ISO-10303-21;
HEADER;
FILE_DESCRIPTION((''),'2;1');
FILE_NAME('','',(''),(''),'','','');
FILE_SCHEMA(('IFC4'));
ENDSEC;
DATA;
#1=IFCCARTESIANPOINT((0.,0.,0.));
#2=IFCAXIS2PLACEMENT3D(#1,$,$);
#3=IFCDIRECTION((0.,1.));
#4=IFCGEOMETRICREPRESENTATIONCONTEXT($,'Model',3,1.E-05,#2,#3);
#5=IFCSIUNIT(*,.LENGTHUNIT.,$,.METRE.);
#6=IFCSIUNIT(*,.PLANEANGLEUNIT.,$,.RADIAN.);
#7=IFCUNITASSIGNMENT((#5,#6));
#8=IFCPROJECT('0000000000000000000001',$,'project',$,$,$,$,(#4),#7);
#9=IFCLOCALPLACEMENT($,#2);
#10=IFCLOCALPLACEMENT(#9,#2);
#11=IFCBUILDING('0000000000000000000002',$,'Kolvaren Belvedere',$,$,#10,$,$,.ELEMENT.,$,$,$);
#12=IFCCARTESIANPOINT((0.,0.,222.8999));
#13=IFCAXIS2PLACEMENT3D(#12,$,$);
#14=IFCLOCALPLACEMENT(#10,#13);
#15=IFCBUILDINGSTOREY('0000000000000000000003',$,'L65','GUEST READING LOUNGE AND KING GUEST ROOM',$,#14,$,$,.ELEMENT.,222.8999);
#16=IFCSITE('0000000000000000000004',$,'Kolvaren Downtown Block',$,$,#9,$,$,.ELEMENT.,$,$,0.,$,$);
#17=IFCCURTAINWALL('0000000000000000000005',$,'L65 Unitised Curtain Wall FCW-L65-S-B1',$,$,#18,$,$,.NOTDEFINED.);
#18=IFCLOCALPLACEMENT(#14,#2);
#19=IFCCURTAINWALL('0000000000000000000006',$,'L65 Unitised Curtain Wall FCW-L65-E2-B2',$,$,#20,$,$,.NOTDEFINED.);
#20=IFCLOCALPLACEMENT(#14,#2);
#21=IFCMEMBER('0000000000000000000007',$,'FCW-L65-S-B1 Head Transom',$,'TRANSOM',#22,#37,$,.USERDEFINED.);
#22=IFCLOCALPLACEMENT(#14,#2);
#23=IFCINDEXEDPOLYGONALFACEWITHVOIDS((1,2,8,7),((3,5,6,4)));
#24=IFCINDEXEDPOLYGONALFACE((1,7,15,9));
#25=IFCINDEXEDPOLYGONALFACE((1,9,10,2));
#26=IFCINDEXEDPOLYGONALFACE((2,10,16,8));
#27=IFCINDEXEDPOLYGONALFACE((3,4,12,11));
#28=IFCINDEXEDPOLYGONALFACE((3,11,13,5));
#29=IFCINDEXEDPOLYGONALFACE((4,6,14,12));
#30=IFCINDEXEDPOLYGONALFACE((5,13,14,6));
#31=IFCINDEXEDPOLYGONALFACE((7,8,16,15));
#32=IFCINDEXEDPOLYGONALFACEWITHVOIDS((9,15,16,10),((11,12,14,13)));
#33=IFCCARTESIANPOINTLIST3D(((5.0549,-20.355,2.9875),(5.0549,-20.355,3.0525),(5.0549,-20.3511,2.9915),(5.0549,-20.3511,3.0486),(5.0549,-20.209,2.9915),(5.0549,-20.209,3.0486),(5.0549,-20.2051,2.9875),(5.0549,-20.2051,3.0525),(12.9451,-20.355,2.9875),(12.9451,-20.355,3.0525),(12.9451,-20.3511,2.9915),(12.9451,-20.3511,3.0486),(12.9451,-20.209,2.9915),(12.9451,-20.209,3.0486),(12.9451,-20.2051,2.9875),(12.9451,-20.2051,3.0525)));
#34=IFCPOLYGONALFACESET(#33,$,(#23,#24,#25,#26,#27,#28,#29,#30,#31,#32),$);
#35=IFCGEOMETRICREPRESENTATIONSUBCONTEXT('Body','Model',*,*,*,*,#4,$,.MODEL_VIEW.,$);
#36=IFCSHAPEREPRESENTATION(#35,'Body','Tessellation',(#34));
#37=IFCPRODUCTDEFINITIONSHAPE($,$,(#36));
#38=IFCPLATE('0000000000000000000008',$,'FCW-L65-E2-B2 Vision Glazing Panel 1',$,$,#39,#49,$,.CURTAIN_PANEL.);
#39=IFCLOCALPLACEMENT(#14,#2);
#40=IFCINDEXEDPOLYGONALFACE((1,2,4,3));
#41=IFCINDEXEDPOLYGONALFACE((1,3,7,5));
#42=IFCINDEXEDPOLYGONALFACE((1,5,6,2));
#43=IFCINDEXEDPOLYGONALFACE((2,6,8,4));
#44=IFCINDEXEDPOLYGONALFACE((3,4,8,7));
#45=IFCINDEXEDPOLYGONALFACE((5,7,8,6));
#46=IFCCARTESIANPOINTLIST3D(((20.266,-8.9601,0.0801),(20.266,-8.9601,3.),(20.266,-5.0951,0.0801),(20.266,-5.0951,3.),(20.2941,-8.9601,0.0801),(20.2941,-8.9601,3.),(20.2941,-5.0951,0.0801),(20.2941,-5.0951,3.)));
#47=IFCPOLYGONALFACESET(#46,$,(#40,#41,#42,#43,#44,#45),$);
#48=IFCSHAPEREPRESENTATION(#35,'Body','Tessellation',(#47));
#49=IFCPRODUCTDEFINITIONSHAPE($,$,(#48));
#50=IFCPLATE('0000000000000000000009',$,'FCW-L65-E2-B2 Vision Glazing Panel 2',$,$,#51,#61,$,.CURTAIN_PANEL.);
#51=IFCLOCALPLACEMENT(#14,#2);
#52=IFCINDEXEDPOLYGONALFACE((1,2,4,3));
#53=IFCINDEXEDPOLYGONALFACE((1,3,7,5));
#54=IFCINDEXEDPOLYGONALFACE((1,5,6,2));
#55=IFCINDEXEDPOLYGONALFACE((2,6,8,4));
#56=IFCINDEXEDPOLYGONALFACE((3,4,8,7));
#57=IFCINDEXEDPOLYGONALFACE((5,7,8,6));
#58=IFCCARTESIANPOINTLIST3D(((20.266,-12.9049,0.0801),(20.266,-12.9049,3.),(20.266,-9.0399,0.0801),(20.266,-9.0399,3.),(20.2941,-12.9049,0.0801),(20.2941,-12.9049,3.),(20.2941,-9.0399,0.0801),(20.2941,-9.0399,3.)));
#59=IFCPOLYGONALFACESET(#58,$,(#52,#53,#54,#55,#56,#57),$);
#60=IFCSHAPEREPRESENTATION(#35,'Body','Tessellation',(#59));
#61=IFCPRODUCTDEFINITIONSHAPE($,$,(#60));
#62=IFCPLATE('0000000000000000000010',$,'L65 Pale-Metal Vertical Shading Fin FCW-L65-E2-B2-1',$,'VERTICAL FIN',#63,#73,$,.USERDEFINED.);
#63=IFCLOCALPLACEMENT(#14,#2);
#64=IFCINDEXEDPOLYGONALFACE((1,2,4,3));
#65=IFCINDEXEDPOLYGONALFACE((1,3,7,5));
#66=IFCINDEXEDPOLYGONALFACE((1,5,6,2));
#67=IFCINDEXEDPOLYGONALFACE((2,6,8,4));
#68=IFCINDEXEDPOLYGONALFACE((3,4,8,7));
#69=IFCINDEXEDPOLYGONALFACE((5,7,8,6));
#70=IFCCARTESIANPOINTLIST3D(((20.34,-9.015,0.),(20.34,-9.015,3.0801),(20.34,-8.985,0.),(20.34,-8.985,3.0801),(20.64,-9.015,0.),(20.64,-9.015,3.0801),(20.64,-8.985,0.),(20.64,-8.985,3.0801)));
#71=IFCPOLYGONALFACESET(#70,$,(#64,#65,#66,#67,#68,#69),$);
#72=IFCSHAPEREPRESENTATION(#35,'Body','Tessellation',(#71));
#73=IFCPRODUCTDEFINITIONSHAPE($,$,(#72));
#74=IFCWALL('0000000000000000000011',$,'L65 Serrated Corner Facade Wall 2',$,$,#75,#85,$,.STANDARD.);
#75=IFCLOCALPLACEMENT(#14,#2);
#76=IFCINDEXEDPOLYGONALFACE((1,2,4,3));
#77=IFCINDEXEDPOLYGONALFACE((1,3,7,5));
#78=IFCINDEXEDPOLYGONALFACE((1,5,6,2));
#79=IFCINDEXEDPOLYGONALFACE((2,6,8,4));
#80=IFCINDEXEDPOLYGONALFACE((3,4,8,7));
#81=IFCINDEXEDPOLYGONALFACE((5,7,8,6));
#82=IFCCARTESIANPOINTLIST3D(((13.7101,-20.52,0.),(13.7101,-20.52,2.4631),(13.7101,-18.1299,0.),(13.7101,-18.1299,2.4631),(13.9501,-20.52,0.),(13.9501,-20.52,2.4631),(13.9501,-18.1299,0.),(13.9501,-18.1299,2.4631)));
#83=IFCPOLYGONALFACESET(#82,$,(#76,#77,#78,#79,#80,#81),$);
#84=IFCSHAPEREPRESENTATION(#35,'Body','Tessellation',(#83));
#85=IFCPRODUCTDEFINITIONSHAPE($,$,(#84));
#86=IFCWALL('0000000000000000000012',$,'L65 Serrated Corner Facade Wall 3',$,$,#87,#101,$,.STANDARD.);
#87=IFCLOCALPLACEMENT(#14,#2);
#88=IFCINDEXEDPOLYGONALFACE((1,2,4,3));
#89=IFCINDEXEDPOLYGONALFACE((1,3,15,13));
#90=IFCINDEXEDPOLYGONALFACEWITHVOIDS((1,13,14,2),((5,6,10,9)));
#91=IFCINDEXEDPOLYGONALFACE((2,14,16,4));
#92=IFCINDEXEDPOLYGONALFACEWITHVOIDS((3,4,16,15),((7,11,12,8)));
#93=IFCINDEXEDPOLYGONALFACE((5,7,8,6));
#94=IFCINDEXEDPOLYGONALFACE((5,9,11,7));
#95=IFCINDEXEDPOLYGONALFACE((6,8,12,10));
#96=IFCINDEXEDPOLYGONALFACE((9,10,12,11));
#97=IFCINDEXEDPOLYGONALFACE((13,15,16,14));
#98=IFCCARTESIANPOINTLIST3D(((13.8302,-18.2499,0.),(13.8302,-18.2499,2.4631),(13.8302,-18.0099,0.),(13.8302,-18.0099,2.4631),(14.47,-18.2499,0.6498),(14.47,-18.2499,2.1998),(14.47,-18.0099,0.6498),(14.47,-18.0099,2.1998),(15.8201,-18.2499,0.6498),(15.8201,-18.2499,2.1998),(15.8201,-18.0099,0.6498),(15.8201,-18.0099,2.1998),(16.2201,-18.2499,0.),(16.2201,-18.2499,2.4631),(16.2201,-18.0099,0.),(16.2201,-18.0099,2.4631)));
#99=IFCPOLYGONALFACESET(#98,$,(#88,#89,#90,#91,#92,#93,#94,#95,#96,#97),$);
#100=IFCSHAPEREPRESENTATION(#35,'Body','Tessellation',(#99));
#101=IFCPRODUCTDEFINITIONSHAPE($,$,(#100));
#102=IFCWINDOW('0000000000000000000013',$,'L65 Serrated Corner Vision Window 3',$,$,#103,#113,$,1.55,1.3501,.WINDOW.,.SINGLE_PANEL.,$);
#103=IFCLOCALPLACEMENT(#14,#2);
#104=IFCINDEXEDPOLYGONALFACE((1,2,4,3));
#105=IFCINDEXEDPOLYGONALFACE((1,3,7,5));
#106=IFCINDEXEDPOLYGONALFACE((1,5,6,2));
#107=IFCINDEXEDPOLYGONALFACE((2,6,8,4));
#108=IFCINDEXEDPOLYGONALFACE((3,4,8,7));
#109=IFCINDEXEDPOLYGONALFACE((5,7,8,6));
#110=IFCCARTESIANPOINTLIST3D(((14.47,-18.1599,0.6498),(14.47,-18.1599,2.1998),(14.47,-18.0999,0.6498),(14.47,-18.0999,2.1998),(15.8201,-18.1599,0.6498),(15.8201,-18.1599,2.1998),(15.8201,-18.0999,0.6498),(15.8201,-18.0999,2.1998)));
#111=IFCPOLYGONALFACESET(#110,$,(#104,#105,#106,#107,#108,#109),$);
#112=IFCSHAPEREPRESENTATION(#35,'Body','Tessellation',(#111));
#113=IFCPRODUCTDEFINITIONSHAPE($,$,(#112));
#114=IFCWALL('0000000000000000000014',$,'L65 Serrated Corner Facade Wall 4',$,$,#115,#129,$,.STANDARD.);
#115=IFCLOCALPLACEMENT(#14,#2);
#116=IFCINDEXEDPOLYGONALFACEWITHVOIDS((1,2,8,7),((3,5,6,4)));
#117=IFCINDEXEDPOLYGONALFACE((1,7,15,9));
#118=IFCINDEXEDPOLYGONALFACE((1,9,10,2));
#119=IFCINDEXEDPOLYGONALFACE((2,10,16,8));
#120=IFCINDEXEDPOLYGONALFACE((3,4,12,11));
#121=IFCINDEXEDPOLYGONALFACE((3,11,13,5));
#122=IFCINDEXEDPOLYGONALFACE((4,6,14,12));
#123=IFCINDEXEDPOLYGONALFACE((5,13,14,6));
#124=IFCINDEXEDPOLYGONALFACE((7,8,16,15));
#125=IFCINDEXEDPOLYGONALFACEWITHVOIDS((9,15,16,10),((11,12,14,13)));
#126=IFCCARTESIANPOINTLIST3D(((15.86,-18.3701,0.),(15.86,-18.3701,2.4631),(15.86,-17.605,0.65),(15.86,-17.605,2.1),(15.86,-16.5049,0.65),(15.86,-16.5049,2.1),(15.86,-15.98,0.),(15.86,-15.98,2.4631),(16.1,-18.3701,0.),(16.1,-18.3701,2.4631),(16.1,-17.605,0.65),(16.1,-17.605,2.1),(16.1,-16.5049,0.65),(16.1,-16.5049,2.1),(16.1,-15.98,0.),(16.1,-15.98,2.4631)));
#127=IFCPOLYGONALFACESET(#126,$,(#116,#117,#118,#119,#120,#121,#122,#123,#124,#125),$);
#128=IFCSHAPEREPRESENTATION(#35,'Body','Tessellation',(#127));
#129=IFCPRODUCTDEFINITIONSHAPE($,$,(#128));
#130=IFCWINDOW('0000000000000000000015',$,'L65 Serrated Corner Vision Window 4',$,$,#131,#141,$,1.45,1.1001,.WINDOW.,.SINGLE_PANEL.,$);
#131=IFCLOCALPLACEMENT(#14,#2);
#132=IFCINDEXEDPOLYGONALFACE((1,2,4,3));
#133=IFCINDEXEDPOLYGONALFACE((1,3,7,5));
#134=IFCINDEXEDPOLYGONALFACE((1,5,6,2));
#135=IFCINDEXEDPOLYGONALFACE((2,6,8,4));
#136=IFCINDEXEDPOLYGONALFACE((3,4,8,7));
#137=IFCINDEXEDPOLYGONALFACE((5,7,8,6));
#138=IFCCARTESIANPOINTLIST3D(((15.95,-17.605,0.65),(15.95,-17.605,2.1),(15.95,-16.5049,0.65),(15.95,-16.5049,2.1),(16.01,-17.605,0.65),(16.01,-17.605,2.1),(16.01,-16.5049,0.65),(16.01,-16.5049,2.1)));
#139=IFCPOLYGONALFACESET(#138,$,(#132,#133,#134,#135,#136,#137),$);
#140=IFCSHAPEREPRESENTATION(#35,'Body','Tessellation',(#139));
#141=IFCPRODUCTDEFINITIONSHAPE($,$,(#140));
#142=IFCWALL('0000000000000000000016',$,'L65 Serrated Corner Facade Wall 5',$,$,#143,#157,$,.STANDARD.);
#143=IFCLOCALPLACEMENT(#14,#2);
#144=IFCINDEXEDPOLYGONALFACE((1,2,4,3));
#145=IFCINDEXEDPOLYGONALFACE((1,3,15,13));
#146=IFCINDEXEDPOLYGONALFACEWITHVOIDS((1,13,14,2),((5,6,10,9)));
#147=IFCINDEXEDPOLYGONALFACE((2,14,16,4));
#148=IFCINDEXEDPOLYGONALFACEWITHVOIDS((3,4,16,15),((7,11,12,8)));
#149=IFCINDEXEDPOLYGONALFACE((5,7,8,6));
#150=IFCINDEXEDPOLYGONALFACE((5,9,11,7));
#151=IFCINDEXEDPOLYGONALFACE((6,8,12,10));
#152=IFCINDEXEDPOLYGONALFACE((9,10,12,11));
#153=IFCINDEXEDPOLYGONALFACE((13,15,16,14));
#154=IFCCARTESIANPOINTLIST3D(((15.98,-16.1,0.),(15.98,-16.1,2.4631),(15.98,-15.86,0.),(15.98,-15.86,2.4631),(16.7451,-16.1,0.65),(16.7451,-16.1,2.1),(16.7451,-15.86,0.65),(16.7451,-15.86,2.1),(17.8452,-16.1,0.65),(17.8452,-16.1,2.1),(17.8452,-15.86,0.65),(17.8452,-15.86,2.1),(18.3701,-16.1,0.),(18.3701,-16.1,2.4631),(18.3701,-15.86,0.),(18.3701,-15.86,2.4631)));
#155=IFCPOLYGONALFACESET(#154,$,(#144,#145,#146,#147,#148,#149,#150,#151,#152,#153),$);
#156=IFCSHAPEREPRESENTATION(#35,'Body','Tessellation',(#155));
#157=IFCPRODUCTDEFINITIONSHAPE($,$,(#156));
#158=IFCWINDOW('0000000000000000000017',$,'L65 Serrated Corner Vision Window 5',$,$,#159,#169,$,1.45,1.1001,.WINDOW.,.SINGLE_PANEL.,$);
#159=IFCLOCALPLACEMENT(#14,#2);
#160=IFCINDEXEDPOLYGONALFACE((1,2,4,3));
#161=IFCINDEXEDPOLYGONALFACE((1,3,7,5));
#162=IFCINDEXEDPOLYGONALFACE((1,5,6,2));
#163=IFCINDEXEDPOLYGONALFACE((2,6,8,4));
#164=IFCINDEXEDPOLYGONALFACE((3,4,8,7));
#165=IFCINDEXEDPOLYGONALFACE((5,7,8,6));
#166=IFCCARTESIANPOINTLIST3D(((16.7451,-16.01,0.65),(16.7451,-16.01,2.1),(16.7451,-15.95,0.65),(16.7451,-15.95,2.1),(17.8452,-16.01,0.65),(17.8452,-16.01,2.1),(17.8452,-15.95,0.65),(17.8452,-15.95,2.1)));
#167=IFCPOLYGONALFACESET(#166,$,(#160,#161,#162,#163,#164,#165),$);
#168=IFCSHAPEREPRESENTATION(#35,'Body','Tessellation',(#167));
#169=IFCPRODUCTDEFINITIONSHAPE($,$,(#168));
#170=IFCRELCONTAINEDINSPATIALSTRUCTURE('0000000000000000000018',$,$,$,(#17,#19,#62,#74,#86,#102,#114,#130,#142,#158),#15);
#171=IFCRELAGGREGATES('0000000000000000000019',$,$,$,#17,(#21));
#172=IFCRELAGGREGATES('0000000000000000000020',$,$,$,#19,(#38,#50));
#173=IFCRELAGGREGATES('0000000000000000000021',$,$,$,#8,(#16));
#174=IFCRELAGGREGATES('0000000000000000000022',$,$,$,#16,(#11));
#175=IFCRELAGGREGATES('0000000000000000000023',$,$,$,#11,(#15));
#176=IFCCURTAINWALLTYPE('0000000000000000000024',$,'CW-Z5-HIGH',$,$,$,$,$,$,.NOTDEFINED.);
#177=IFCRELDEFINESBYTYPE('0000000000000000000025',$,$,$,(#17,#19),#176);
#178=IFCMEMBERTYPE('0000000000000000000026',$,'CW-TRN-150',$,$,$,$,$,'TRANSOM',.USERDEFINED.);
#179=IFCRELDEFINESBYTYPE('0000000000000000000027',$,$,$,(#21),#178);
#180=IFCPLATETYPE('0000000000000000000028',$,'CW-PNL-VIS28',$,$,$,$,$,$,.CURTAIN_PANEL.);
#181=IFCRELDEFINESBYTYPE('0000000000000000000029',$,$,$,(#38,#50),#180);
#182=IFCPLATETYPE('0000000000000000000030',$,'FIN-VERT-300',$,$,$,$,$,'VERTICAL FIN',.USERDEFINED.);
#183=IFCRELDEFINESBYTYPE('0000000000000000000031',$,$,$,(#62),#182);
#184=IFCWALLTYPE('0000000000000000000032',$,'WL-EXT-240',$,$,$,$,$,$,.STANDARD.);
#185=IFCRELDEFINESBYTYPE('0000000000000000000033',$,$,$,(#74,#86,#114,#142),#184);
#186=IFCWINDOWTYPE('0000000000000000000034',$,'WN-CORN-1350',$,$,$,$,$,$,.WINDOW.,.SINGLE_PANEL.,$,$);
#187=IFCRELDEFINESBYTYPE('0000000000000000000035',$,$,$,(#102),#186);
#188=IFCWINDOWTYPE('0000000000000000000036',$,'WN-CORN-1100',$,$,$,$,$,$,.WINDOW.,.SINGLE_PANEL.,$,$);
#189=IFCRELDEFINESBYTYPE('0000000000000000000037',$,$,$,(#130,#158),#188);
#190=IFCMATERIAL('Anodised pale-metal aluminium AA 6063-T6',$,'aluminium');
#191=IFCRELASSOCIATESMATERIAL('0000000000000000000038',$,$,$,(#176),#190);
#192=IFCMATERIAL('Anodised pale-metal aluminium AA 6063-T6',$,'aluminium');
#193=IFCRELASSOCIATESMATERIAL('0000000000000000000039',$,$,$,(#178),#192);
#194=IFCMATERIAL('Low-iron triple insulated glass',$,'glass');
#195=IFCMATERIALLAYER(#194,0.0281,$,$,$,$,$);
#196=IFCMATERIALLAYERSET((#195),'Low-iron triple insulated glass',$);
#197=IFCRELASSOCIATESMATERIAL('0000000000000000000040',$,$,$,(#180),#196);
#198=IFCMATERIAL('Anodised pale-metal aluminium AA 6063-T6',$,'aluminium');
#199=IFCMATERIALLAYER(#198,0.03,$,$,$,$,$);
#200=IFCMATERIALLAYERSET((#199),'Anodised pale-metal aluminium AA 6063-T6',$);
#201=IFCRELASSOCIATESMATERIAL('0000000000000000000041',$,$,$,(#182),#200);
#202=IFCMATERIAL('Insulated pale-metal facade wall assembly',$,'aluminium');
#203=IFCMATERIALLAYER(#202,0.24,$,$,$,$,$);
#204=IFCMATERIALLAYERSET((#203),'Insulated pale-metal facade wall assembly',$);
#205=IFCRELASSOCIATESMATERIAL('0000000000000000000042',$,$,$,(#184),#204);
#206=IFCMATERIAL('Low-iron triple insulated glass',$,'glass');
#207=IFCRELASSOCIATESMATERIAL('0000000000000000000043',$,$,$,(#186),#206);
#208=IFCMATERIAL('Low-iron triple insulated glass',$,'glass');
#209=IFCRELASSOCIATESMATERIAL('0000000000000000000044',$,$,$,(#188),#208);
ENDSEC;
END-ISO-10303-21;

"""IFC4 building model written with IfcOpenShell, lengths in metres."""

from ifc_helpers import new_model, si_unit, direction, frame, frame_2d, origin, origin_2d, place, context, subcontext, project, spatial, rectangle, hollow_rectangle, extrude, material, layer, layer_set, material_profile, profile_set, type_object, element, fill, aggregate, save


model = new_model("IFC4")

# Units and contexts
model_context = context("Model", 3, precision=1e-05, world=origin(), true_north=direction((0.0, 1.0)))
body_context = subcontext(model_context, "Body", "Model", "MODEL_VIEW")
ifc_project = project(units=[si_unit("LENGTHUNIT", "METRE"), si_unit("PLANEANGLEUNIT", "RADIAN")], contexts=[model_context])

# Site, building, storey
site_placement = place(None, origin())
site = spatial("IfcSite", under=ifc_project, at=site_placement, Name="Kolvaren Downtown Block", CompositionType="ELEMENT", RefElevation=0.0)
building_placement = place(site_placement, origin())
building = spatial("IfcBuilding", under=site, at=building_placement, Name="Kolvaren Belvedere", CompositionType="ELEMENT")
storey_placement = place(building_placement, frame((0.0, 0.0, 222.8999)))
storey = spatial("IfcBuildingStorey", under=building, at=storey_placement, Name="L65", Description="GUEST READING LOUNGE AND KING GUEST ROOM", CompositionType="ELEMENT", Elevation=222.8999)

# Curtain wall
ifc_material_1 = material(Name="Anodised pale-metal aluminium AA 6063-T6", Category="aluminium")
curtain_wall_type = type_object("IfcCurtainWallType", Name="CW-Z5-HIGH", PredefinedType="NOTDEFINED", material=ifc_material_1)
curtain_wall_1_placement = place(storey_placement, origin())
curtain_wall_1 = element("IfcCurtainWall", 1, at=curtain_wall_1_placement, inside=storey, type_object=curtain_wall_type, Name="L65 Unitised Curtain Wall FCW-L65-S-B1", PredefinedType="NOTDEFINED")

# Curtain wall
curtain_wall_2_placement = place(storey_placement, origin())
curtain_wall_2 = element("IfcCurtainWall", 2, at=curtain_wall_2_placement, inside=storey, type_object=curtain_wall_type, Name="L65 Unitised Curtain Wall FCW-L65-E2-B2", PredefinedType="NOTDEFINED")

# Member
ifc_material_2 = material(Name="Anodised pale-metal aluminium AA 6063-T6", Category="aluminium")
ifc_material_profile_1 = material_profile(ifc_material_2, hollow_rectangle(XDim=0.0649, YDim=0.1499, WallThickness=0.0039, at=origin_2d()), Name="ALU-TRN-150X65")
ifc_profile_set_1 = profile_set([ifc_material_profile_1], Name="Anodised pale-metal aluminium AA 6063-T6")
member_type_1 = type_object("IfcMemberType", Name="CW-TRN-150", ElementType="TRANSOM", PredefinedType="USERDEFINED", material=ifc_profile_set_1)
member_1_placement = place(storey_placement, frame((12.9451, -20.28, 3.02), z_axis=(-1.0, 0.0, 0.0), x_axis=(0.0, 0.0, 1.0)))
member_1 = element("IfcMember", 3, at=member_1_placement, type_object=member_type_1, Name="FCW-L65-S-B1 Head Transom", ObjectType="TRANSOM", PredefinedType="USERDEFINED", context=body_context, shape_type="SweptSolid", body=[
    extrude(hollow_rectangle(XDim=0.0649, YDim=0.1499, WallThickness=0.0039, at=origin_2d()), origin(), (0.0, 0.0, 1.0), 7.8901),
])
aggregate(curtain_wall_1, [member_1])

# Plates
ifc_material_3 = material(Name="Low-iron triple insulated glass", Category="glass")
ifc_layer_1 = layer(ifc_material_3, 0.0281)
ifc_layer_set_1 = layer_set([ifc_layer_1], Name="Low-iron triple insulated glass")
plate_type_1 = type_object("IfcPlateType", Name="CW-PNL-VIS28", PredefinedType="CURTAIN_PANEL", material=ifc_layer_set_1)
plate_1_placement = place(storey_placement, frame((20.28, -7.0276, 0.0801), z_axis=(0.0, 0.0, 1.0), x_axis=(0.0, -1.0, 0.0)))
plate_1 = element("IfcPlate", 4, at=plate_1_placement, type_object=plate_type_1, Name="FCW-L65-E2-B2 Vision Glazing Panel 1", PredefinedType="CURTAIN_PANEL", context=body_context, shape_type="SweptSolid", body=[
    extrude(rectangle(XDim=3.865, YDim=0.0281, at=origin_2d()), origin(), (0.0, 0.0, 1.0), 2.9199),
])
plate_2_placement = place(storey_placement, frame((20.28, -10.9724, 0.0801), z_axis=(0.0, 0.0, 1.0), x_axis=(0.0, -1.0, 0.0)))
plate_2 = element("IfcPlate", 5, at=plate_2_placement, type_object=plate_type_1, Name="FCW-L65-E2-B2 Vision Glazing Panel 2", PredefinedType="CURTAIN_PANEL", context=body_context, shape_type="SweptSolid", body=[
    extrude(rectangle(XDim=3.865, YDim=0.0281, at=origin_2d()), origin(), (0.0, 0.0, 1.0), 2.9199),
])
aggregate(curtain_wall_2, [plate_1, plate_2])
ifc_material_4 = material(Name="Anodised pale-metal aluminium AA 6063-T6", Category="aluminium")
ifc_layer_2 = layer(ifc_material_4, 0.03)
ifc_layer_set_2 = layer_set([ifc_layer_2], Name="Anodised pale-metal aluminium AA 6063-T6")
plate_type_2 = type_object("IfcPlateType", Name="FIN-VERT-300", ElementType="VERTICAL FIN", PredefinedType="USERDEFINED", material=ifc_layer_set_2)
plate_3_placement = place(storey_placement, frame((20.49, -9.0, 0.0), z_axis=(0.0, 0.0, 1.0), x_axis=(1.0, 0.0, 0.0)))
element("IfcPlate", 6, at=plate_3_placement, inside=storey, type_object=plate_type_2, Name="L65 Pale-Metal Vertical Shading Fin FCW-L65-E2-B2-1", ObjectType="VERTICAL FIN", PredefinedType="USERDEFINED", context=body_context, shape_type="SweptSolid", body=[
    extrude(rectangle(XDim=0.3, YDim=0.03, at=origin_2d()), origin(), (0.0, 0.0, 1.0), 3.0801),
])

# Wall
ifc_material_5 = material(Name="Insulated pale-metal facade wall assembly", Category="aluminium")
ifc_layer_3 = layer(ifc_material_5, 0.24)
ifc_layer_set_3 = layer_set([ifc_layer_3], Name="Insulated pale-metal facade wall assembly")
wall_type_1 = type_object("IfcWallType", Name="WL-EXT-240", PredefinedType="STANDARD", material=ifc_layer_set_3)
wall_1_placement = place(storey_placement, frame((13.8301, -18.1299, 0.0), z_axis=(0.0, 0.0, 1.0), x_axis=(0.0, -1.0, 0.0)))
element("IfcWall", 7, at=wall_1_placement, inside=storey, type_object=wall_type_1, Name="L65 Serrated Corner Facade Wall 2", PredefinedType="STANDARD", context=body_context, shape_type="SweptSolid", body=[
    extrude(rectangle(XDim=2.3901, YDim=0.24, at=frame_2d((1.1951, 0.0))), origin(), (0.0, 0.0, 1.0), 2.4631),
])

# Walls, openings, windows
wall_2_placement = place(storey_placement, frame((16.22, -18.1299, 0.0), z_axis=(0.0, 0.0, 1.0), x_axis=(-1.0, 0.0, 0.0)))
wall_2 = element("IfcWall", 8, at=wall_2_placement, inside=storey, type_object=wall_type_1, Name="L65 Serrated Corner Facade Wall 3", PredefinedType="STANDARD", context=body_context, shape_type="SweptSolid", body=[
    extrude(rectangle(XDim=2.3899, YDim=0.24, at=frame_2d((1.1948, 0.0))), origin(), (0.0, 0.0, 1.0), 2.4631),
])
opening_1_placement = place(wall_2_placement, frame((0.3999, 0.0, 0.6499)))
opening_1 = element("IfcOpeningElement", 9, at=opening_1_placement, cuts=wall_2, PredefinedType="OPENING", context=body_context, shape_type="SweptSolid", body=[
    extrude(rectangle(XDim=1.3501, YDim=1.55, at=frame_2d((0.675, 0.7749))), frame((0.0, 0.1299, 0.0), z_axis=(0.0, -1.0, 0.0), x_axis=(1.0, 0.0, 0.0)), (0.0, 0.0, 1.0), 0.26),
])
ifc_material_6 = material(Name="Low-iron triple insulated glass", Category="glass")
window_type_1 = type_object("IfcWindowType", Name="WN-CORN-1350", PartitioningType="SINGLE_PANEL", PredefinedType="WINDOW", material=ifc_material_6)
window_1_placement = place(opening_1_placement, origin())
window_1 = element("IfcWindow", 10, at=window_1_placement, inside=storey, type_object=window_type_1, Name="L65 Serrated Corner Vision Window 3", OverallHeight=1.55, OverallWidth=1.3501, PartitioningType="SINGLE_PANEL", PredefinedType="WINDOW", context=body_context, shape_type="SweptSolid", body=[
    extrude(rectangle(XDim=1.3501, YDim=1.55, at=frame_2d((0.675, 0.7749))), frame((0.0, 0.03, 0.0), z_axis=(0.0, -1.0, 0.0), x_axis=(1.0, 0.0, 0.0)), (0.0, 0.0, 1.0), 0.0601),
])
fill(opening_1, window_1)
wall_3_placement = place(storey_placement, frame((15.98, -15.98, 0.0), z_axis=(0.0, 0.0, 1.0), x_axis=(0.0, -1.0, 0.0)))
wall_3 = element("IfcWall", 11, at=wall_3_placement, inside=storey, type_object=wall_type_1, Name="L65 Serrated Corner Facade Wall 4", PredefinedType="STANDARD", context=body_context, shape_type="SweptSolid", body=[
    extrude(rectangle(XDim=2.3901, YDim=0.24, at=frame_2d((1.1951, 0.0))), origin(), (0.0, 0.0, 1.0), 2.4631),
])
opening_2_placement = place(wall_3_placement, frame((0.5249, 0.0, 0.6499)))
opening_2 = element("IfcOpeningElement", 12, at=opening_2_placement, cuts=wall_3, PredefinedType="OPENING", context=body_context, shape_type="SweptSolid", body=[
    extrude(rectangle(XDim=1.1001, YDim=1.45, at=frame_2d((0.55, 0.7251))), frame((0.0, 0.1299, 0.0), z_axis=(0.0, -1.0, 0.0), x_axis=(1.0, 0.0, 0.0)), (0.0, 0.0, 1.0), 0.26),
])
ifc_material_7 = material(Name="Low-iron triple insulated glass", Category="glass")
window_type_2 = type_object("IfcWindowType", Name="WN-CORN-1100", PartitioningType="SINGLE_PANEL", PredefinedType="WINDOW", material=ifc_material_7)
window_2_placement = place(opening_2_placement, origin())
window_2 = element("IfcWindow", 13, at=window_2_placement, inside=storey, type_object=window_type_2, Name="L65 Serrated Corner Vision Window 4", OverallHeight=1.45, OverallWidth=1.1001, PartitioningType="SINGLE_PANEL", PredefinedType="WINDOW", context=body_context, shape_type="SweptSolid", body=[
    extrude(rectangle(XDim=1.1001, YDim=1.45, at=frame_2d((0.55, 0.7251))), frame((0.0, 0.03, 0.0), z_axis=(0.0, -1.0, 0.0), x_axis=(1.0, 0.0, 0.0)), (0.0, 0.0, 1.0), 0.0601),
])
fill(opening_2, window_2)
wall_4_placement = place(storey_placement, frame((18.3701, -15.98, 0.0), z_axis=(0.0, 0.0, 1.0), x_axis=(-1.0, 0.0, 0.0)))
wall_4 = element("IfcWall", 14, at=wall_4_placement, inside=storey, type_object=wall_type_1, Name="L65 Serrated Corner Facade Wall 5", PredefinedType="STANDARD", context=body_context, shape_type="SweptSolid", body=[
    extrude(rectangle(XDim=2.3901, YDim=0.24, at=frame_2d((1.1951, 0.0))), origin(), (0.0, 0.0, 1.0), 2.4631),
])
opening_3_placement = place(wall_4_placement, frame((0.5249, 0.0, 0.6499)))
opening_3 = element("IfcOpeningElement", 15, at=opening_3_placement, cuts=wall_4, PredefinedType="OPENING", context=body_context, shape_type="SweptSolid", body=[
    extrude(rectangle(XDim=1.1001, YDim=1.45, at=frame_2d((0.55, 0.7251))), frame((0.0, 0.1299, 0.0), z_axis=(0.0, -1.0, 0.0), x_axis=(1.0, 0.0, 0.0)), (0.0, 0.0, 1.0), 0.26),
])
window_3_placement = place(opening_3_placement, origin())
window_3 = element("IfcWindow", 16, at=window_3_placement, inside=storey, type_object=window_type_2, Name="L65 Serrated Corner Vision Window 5", OverallHeight=1.45, OverallWidth=1.1001, PartitioningType="SINGLE_PANEL", PredefinedType="WINDOW", context=body_context, shape_type="SweptSolid", body=[
    extrude(rectangle(XDim=1.1001, YDim=1.45, at=frame_2d((0.55, 0.7251))), frame((0.0, 0.03, 0.0), z_axis=(0.0, -1.0, 0.0), x_axis=(1.0, 0.0, 0.0)), (0.0, 0.0, 1.0), 0.0601),
])
fill(opening_3, window_3)

save(model, "model.ifc")
